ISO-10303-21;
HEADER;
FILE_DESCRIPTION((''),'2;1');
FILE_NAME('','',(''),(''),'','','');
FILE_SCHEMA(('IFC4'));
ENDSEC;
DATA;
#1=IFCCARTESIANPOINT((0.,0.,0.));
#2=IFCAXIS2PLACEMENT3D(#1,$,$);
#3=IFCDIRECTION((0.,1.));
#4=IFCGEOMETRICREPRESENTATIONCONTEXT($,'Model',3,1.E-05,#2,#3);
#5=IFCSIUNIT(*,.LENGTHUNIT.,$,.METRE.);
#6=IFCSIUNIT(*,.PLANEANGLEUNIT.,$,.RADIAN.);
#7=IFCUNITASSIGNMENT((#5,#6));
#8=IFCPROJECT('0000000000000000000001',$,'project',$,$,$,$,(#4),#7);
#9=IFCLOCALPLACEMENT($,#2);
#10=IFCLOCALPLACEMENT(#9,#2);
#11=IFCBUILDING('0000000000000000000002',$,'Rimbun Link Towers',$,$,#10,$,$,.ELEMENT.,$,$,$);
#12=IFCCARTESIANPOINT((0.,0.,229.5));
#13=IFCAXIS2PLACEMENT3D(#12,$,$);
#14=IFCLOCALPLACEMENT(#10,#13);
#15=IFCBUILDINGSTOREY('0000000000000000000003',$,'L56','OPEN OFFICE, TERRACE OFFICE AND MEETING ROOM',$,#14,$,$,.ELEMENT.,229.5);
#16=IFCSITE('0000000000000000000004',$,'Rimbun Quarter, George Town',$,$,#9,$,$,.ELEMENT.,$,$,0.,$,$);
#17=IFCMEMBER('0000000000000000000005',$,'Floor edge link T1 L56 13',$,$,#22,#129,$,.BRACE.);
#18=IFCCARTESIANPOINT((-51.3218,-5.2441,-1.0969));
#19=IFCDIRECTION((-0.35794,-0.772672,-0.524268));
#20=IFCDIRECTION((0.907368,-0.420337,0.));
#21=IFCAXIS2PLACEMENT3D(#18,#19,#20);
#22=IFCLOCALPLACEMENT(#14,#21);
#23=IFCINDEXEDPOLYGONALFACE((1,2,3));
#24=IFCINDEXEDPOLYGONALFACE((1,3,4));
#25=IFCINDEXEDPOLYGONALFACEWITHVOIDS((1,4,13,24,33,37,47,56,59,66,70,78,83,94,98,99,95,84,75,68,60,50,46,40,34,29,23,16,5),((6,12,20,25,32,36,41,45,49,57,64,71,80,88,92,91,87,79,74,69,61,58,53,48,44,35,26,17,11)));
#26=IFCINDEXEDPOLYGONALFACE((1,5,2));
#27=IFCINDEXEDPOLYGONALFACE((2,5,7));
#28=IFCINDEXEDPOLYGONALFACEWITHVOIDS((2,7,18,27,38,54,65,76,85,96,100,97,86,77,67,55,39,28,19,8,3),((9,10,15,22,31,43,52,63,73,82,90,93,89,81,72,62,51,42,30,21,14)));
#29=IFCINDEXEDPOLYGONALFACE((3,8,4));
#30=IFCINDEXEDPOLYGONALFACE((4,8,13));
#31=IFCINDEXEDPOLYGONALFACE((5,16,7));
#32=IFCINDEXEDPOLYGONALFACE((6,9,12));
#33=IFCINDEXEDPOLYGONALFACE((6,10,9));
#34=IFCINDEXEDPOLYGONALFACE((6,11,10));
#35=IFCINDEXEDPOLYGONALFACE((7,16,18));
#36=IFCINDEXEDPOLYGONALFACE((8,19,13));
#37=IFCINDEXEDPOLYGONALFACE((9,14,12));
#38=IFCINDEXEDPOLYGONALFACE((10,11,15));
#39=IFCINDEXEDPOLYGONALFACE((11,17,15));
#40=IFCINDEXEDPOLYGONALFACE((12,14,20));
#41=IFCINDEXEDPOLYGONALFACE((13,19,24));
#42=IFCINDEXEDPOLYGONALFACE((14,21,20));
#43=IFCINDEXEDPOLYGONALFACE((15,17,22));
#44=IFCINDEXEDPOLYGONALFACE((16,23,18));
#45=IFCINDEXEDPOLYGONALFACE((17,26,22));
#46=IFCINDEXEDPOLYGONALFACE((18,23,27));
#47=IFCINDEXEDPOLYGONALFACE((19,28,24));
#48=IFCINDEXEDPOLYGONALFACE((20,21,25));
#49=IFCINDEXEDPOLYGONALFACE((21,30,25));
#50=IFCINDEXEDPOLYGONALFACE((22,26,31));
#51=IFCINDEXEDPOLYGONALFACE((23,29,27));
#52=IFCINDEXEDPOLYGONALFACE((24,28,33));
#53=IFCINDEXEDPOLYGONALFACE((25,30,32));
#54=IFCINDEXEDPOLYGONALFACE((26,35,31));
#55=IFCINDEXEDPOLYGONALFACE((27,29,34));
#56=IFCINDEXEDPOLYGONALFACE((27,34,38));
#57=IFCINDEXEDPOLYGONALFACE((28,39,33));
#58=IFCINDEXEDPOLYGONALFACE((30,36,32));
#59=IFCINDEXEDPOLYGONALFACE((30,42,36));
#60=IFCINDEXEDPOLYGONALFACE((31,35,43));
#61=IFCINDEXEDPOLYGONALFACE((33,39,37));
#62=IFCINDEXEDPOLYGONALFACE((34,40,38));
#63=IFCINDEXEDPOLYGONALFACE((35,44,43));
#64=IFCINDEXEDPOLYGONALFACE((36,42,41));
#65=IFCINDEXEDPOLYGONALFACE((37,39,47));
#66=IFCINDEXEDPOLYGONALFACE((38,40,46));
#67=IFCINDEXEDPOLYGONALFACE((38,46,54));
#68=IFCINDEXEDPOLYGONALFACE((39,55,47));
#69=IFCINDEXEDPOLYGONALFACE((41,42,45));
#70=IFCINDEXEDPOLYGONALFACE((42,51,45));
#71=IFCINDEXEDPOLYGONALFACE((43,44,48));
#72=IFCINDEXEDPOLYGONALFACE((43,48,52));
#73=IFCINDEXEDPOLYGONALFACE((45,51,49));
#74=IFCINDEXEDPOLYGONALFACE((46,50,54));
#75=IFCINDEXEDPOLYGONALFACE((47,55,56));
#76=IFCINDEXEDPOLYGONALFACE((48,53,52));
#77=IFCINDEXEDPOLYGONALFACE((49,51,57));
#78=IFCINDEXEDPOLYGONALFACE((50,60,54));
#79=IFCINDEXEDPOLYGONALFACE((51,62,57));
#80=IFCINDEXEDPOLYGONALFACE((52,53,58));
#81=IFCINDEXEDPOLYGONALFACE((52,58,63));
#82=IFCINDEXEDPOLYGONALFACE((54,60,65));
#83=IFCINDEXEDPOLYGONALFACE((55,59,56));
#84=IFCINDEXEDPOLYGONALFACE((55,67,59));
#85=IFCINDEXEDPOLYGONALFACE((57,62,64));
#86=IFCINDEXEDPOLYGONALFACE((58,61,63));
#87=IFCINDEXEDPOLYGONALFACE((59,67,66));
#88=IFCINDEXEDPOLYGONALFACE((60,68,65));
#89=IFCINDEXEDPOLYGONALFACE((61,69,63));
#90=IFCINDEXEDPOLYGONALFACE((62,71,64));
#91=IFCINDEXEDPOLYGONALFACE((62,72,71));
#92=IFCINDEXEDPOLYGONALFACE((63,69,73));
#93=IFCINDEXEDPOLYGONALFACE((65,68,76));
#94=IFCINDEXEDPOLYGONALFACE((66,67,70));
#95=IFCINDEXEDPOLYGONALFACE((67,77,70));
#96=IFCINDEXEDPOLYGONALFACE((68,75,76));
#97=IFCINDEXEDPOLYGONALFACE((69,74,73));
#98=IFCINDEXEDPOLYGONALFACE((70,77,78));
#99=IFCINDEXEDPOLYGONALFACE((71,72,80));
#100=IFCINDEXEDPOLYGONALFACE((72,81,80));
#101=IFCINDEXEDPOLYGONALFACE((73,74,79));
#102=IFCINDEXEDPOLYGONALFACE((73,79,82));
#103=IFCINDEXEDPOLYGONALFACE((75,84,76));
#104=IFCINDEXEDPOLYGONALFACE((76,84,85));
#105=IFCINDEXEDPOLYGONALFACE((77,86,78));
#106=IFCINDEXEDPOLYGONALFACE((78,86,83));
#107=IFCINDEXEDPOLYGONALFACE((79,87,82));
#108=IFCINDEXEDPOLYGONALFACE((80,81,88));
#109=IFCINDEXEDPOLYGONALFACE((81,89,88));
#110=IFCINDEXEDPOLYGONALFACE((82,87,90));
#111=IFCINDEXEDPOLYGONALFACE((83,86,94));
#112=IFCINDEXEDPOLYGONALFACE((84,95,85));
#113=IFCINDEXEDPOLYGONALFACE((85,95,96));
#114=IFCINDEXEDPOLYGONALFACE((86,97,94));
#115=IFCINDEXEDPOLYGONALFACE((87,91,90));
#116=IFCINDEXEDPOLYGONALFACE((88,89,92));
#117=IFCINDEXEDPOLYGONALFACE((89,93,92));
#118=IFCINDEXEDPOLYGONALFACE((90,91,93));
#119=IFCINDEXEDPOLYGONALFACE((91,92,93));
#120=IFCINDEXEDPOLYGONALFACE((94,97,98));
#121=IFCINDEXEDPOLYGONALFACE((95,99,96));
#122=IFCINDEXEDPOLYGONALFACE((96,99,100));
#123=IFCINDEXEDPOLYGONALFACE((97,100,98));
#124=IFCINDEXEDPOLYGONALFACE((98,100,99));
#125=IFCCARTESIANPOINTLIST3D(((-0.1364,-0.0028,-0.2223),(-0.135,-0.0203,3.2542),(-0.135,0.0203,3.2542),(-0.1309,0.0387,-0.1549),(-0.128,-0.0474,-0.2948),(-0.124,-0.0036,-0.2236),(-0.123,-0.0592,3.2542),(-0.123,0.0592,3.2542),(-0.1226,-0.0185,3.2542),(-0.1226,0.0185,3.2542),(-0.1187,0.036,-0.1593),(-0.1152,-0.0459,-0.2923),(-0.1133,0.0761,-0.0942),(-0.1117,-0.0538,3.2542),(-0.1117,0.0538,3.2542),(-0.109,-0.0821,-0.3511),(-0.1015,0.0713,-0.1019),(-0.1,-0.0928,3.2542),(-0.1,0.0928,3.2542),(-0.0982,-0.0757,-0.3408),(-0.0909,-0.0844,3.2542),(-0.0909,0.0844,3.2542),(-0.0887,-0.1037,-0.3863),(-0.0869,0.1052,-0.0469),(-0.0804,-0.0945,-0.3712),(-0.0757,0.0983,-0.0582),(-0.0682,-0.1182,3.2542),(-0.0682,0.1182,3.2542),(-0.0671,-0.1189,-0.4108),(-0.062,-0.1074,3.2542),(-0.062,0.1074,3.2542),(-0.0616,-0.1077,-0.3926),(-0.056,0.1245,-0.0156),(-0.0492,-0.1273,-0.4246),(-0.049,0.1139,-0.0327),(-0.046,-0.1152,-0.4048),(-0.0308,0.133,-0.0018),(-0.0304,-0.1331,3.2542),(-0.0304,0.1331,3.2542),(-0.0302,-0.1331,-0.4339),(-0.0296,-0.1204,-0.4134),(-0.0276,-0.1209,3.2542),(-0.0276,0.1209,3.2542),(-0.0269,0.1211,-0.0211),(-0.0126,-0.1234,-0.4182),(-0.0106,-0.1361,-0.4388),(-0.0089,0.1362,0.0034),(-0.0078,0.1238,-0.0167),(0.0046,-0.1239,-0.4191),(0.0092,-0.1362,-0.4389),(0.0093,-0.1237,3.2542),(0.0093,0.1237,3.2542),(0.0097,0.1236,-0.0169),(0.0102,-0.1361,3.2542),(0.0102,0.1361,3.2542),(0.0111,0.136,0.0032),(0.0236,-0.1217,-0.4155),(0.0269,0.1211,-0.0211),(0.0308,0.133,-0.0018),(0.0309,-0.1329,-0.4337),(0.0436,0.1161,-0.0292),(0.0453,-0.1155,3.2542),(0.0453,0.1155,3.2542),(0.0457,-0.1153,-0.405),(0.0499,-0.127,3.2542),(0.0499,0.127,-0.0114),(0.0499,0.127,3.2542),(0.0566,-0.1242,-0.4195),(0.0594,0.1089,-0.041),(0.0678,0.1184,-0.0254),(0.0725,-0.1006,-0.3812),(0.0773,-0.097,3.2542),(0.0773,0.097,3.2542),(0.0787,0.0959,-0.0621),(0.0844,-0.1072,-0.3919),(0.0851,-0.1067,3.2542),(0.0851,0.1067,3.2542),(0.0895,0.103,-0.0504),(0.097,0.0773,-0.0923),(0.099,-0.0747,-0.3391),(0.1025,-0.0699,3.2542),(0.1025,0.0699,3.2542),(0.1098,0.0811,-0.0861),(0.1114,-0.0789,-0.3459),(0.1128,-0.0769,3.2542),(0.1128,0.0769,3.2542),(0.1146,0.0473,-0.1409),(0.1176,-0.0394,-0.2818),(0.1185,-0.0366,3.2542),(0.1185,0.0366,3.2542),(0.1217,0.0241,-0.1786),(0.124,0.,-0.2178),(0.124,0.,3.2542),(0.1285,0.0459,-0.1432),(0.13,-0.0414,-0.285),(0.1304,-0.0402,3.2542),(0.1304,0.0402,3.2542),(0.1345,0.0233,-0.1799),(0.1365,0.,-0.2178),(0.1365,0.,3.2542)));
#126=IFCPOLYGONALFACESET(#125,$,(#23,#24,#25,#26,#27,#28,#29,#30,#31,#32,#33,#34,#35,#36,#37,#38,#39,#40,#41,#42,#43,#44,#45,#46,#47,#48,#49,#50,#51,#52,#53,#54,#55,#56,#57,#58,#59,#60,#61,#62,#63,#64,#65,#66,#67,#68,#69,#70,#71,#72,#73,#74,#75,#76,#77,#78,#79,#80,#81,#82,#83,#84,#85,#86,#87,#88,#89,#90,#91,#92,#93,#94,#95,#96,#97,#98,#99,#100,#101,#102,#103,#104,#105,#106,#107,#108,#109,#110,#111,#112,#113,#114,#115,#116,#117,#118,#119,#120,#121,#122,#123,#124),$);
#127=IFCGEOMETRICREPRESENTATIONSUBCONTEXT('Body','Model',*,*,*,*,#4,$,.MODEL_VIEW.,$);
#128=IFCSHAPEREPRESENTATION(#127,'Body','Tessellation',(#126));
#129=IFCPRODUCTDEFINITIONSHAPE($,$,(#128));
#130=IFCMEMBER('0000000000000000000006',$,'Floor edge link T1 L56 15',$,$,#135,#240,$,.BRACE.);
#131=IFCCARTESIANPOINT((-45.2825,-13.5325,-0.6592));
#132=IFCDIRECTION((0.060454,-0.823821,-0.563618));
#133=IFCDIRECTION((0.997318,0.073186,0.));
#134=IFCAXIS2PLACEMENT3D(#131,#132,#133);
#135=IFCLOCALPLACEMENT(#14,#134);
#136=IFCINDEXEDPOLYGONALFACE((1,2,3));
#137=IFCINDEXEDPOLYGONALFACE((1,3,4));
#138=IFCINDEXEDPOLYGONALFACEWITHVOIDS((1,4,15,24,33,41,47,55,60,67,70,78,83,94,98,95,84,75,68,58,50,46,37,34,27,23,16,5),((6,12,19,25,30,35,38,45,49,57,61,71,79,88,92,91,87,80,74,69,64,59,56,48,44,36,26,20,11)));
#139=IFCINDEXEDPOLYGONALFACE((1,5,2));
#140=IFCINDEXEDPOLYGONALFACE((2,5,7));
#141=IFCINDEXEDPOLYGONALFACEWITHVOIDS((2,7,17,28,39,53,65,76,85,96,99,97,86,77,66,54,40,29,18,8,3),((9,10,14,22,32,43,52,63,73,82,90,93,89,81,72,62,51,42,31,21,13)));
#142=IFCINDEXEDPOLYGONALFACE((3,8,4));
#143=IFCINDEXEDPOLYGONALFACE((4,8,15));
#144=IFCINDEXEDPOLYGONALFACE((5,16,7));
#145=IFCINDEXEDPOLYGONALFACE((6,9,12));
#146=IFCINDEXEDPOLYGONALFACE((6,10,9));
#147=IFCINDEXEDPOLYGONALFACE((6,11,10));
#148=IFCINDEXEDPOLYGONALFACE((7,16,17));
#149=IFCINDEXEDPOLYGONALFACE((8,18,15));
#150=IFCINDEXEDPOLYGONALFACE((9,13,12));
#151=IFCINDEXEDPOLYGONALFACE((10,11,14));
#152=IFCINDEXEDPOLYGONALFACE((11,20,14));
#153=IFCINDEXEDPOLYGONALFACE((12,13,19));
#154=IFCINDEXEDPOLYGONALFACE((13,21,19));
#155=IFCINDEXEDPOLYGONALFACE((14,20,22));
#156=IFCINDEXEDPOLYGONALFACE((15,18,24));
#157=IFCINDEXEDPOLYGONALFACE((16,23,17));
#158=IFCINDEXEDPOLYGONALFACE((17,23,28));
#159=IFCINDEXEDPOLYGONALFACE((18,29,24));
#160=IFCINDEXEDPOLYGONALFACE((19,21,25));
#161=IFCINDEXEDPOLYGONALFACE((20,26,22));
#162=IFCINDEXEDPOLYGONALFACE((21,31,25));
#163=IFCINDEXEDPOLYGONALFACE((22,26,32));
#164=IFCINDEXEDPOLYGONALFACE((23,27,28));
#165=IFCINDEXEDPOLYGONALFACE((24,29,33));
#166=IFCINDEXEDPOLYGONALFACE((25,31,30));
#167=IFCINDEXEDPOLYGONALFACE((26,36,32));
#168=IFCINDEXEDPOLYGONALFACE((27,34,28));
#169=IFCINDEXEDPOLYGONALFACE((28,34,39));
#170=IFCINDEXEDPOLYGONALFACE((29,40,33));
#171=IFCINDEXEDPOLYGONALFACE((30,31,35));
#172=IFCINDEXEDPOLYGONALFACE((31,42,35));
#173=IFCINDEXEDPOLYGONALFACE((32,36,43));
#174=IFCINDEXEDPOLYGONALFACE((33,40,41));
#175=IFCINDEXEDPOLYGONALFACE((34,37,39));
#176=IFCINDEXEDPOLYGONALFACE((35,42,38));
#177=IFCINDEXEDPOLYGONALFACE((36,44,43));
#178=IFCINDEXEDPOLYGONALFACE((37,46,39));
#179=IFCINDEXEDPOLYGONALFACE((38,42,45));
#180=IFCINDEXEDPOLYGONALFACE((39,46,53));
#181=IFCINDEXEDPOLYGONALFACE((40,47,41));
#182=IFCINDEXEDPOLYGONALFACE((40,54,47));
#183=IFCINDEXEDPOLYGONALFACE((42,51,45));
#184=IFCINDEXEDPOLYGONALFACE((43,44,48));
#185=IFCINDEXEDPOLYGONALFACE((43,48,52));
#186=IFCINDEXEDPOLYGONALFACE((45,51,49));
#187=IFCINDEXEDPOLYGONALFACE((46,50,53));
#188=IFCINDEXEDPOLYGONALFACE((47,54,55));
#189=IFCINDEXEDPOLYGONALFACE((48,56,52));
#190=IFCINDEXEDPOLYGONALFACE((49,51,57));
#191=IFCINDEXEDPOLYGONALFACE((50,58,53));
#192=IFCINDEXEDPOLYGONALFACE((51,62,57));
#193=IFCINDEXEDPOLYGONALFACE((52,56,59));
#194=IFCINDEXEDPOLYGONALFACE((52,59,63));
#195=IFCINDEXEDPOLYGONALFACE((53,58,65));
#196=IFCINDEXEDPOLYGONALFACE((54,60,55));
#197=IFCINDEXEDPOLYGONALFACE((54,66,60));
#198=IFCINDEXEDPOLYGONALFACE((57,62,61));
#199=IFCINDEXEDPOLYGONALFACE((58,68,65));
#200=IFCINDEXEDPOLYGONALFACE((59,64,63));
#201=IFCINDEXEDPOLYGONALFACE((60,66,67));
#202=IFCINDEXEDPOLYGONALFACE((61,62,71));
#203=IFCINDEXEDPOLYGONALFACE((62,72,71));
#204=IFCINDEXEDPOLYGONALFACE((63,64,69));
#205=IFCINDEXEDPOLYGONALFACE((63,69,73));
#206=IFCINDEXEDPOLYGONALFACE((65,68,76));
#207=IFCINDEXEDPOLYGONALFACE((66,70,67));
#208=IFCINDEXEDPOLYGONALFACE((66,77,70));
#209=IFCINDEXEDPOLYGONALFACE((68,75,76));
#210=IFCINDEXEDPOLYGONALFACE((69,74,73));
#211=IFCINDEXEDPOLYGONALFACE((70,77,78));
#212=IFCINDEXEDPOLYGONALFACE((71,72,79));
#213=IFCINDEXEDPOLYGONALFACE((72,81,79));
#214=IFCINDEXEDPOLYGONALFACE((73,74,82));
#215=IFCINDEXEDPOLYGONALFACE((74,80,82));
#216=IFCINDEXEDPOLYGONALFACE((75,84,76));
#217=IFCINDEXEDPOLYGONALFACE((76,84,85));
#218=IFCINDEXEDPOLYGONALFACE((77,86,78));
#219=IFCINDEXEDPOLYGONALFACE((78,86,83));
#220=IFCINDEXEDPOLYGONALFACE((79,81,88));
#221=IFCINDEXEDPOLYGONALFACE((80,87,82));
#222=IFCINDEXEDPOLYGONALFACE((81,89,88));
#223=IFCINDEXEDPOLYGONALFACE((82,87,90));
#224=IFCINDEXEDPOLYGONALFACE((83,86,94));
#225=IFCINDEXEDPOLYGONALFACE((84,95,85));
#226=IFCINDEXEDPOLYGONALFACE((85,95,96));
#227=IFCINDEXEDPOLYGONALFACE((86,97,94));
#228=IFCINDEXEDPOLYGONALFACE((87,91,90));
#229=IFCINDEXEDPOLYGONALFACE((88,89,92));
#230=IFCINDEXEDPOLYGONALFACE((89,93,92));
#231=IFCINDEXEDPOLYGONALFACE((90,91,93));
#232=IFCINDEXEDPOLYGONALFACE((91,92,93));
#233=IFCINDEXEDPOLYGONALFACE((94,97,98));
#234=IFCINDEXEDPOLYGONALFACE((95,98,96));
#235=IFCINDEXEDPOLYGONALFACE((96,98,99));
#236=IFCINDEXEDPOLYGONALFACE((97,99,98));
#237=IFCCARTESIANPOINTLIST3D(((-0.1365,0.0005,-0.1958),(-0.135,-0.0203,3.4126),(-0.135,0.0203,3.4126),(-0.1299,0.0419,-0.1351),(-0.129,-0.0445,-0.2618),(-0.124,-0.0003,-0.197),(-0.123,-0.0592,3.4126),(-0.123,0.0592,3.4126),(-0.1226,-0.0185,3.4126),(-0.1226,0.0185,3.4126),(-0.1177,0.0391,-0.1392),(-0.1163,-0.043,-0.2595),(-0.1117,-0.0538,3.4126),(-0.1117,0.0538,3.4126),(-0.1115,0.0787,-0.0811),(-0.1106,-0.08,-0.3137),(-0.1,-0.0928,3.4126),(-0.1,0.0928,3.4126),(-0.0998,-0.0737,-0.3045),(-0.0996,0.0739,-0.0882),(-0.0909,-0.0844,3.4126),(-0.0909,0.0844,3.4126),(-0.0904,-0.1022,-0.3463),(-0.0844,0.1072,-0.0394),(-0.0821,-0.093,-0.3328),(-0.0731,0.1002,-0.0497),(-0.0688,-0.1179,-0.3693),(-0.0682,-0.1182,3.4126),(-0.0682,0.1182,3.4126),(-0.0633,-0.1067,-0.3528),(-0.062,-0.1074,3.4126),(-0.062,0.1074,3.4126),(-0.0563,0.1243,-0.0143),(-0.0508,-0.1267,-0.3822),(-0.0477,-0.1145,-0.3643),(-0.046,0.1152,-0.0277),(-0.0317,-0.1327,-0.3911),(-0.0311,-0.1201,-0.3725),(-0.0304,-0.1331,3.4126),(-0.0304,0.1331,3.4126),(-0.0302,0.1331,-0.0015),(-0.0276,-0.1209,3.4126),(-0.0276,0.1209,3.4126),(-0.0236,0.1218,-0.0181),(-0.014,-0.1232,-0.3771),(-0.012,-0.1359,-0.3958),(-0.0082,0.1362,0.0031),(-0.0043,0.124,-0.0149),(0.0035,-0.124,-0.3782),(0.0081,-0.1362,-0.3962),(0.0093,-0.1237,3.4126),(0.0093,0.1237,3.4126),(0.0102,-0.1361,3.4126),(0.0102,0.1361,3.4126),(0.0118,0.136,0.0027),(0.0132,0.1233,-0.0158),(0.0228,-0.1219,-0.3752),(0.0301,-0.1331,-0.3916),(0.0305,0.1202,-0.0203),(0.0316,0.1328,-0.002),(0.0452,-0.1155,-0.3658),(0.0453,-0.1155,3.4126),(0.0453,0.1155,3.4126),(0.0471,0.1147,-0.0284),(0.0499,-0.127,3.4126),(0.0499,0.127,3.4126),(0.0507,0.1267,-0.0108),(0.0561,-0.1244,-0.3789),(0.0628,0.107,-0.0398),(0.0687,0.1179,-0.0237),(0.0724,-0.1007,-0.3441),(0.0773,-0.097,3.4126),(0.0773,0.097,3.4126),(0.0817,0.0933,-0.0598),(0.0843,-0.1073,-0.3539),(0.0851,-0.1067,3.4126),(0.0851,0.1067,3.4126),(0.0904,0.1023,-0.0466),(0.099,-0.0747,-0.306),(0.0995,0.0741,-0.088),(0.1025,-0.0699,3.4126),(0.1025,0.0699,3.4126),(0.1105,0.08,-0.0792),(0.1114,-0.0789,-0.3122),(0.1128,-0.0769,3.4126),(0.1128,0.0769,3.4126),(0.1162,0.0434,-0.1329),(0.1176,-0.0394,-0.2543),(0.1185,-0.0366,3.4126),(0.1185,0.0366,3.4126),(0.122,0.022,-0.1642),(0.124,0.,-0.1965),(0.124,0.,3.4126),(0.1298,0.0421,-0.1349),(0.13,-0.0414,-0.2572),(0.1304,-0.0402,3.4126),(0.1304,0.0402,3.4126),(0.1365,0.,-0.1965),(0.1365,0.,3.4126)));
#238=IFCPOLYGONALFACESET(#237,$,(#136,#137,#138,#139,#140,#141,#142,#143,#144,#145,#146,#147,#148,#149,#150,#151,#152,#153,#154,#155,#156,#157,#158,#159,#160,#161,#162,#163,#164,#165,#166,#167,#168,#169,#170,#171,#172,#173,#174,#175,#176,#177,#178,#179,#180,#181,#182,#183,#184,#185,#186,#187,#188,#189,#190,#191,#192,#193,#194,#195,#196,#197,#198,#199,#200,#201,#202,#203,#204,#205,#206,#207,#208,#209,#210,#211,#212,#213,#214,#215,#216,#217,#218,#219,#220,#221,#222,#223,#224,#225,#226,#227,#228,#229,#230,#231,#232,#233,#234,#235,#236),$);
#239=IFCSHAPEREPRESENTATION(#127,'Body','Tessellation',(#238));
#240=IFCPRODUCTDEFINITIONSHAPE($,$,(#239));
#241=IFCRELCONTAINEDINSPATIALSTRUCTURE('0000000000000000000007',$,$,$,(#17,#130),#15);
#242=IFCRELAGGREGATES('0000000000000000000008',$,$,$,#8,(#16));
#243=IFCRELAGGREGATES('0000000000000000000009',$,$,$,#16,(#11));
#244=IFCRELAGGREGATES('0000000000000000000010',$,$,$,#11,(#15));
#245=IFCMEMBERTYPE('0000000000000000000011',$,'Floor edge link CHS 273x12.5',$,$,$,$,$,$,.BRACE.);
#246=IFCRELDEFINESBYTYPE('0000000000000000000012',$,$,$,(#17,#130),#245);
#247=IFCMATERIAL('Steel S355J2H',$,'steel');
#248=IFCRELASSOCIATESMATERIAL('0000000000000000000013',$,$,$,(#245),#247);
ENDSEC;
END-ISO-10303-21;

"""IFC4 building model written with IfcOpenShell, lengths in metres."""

from ifc_helpers import new_model, si_unit, direction, frame, origin, origin_2d, place, context, subcontext, project, spatial, hollow_circle, extrude, clip, halfspace, material, material_profile, profile_set, type_object, element, save


model = new_model("IFC4")

# Units and contexts
model_context = context("Model", 3, precision=1e-05, world=origin(), true_north=direction((0.0, 1.0)))
body_context = subcontext(model_context, "Body", "Model", "MODEL_VIEW")
ifc_project = project(units=[si_unit("LENGTHUNIT", "METRE"), si_unit("PLANEANGLEUNIT", "RADIAN")], contexts=[model_context])

# Site, building, storey
site_placement = place(None, origin())
site = spatial("IfcSite", under=ifc_project, at=site_placement, Name="Rimbun Quarter, George Town", CompositionType="ELEMENT", RefElevation=0.0)
building_placement = place(site_placement, origin())
building = spatial("IfcBuilding", under=site, at=building_placement, Name="Rimbun Link Towers", CompositionType="ELEMENT")
storey_placement = place(building_placement, frame((0.0, 0.0, 229.5)))
storey = spatial("IfcBuildingStorey", under=building, at=storey_placement, Name="L56", Description="OPEN OFFICE, TERRACE OFFICE AND MEETING ROOM", CompositionType="ELEMENT", Elevation=229.5)

# Members
ifc_material_1 = material(Name="Steel S355J2H", Category="steel")
ifc_material_profile_1 = material_profile(ifc_material_1, hollow_circle(Radius=0.1365, WallThickness=0.0125, at=origin_2d()), Name="CHS 273x12.5")
ifc_profile_set_1 = profile_set([ifc_material_profile_1], Name="Steel S355J2H")
member_type_1 = type_object("IfcMemberType", Name="Floor edge link CHS 273x12.5", PredefinedType="BRACE", material=ifc_profile_set_1)
member_1_placement = place(storey_placement, frame((-51.3218, -5.2441, -1.0969), z_axis=(-0.35794, -0.772672, -0.524268), x_axis=(0.907368, -0.420337, 0.0)))
element("IfcMember", 1, at=member_1_placement, inside=storey, type_object=member_type_1, Name="Floor edge link T1 L56 13", PredefinedType="BRACE", context=body_context, shape_type="Clipping", body=[
    clip(extrude(hollow_circle(Radius=0.1365, WallThickness=0.0125, at=origin_2d()), frame((0.0, 0.0, -0.4624)), (0.0, 0.0, 1.0), 3.7166), halfspace(frame((0.0, 0.0, -0.2178), z_axis=(0.0, 0.851553, -0.524268)), False)),
])
member_2_placement = place(storey_placement, frame((-45.2825, -13.5325, -0.6592), z_axis=(0.060454, -0.823821, -0.563618), x_axis=(0.997318, 0.073186, 0.0)))
element("IfcMember", 2, at=member_2_placement, inside=storey, type_object=member_type_1, Name="Floor edge link T1 L56 15", PredefinedType="BRACE", context=body_context, shape_type="Clipping", body=[
    clip(extrude(hollow_circle(Radius=0.1365, WallThickness=0.0125, at=origin_2d()), frame((0.0, 0.0, -0.4177)), (0.0, 0.0, 1.0), 3.8303), halfspace(frame((0.0, 0.0, -0.1965), z_axis=(0.0, 0.826036, -0.563618)), False)),
])

save(model, "model.ifc")
